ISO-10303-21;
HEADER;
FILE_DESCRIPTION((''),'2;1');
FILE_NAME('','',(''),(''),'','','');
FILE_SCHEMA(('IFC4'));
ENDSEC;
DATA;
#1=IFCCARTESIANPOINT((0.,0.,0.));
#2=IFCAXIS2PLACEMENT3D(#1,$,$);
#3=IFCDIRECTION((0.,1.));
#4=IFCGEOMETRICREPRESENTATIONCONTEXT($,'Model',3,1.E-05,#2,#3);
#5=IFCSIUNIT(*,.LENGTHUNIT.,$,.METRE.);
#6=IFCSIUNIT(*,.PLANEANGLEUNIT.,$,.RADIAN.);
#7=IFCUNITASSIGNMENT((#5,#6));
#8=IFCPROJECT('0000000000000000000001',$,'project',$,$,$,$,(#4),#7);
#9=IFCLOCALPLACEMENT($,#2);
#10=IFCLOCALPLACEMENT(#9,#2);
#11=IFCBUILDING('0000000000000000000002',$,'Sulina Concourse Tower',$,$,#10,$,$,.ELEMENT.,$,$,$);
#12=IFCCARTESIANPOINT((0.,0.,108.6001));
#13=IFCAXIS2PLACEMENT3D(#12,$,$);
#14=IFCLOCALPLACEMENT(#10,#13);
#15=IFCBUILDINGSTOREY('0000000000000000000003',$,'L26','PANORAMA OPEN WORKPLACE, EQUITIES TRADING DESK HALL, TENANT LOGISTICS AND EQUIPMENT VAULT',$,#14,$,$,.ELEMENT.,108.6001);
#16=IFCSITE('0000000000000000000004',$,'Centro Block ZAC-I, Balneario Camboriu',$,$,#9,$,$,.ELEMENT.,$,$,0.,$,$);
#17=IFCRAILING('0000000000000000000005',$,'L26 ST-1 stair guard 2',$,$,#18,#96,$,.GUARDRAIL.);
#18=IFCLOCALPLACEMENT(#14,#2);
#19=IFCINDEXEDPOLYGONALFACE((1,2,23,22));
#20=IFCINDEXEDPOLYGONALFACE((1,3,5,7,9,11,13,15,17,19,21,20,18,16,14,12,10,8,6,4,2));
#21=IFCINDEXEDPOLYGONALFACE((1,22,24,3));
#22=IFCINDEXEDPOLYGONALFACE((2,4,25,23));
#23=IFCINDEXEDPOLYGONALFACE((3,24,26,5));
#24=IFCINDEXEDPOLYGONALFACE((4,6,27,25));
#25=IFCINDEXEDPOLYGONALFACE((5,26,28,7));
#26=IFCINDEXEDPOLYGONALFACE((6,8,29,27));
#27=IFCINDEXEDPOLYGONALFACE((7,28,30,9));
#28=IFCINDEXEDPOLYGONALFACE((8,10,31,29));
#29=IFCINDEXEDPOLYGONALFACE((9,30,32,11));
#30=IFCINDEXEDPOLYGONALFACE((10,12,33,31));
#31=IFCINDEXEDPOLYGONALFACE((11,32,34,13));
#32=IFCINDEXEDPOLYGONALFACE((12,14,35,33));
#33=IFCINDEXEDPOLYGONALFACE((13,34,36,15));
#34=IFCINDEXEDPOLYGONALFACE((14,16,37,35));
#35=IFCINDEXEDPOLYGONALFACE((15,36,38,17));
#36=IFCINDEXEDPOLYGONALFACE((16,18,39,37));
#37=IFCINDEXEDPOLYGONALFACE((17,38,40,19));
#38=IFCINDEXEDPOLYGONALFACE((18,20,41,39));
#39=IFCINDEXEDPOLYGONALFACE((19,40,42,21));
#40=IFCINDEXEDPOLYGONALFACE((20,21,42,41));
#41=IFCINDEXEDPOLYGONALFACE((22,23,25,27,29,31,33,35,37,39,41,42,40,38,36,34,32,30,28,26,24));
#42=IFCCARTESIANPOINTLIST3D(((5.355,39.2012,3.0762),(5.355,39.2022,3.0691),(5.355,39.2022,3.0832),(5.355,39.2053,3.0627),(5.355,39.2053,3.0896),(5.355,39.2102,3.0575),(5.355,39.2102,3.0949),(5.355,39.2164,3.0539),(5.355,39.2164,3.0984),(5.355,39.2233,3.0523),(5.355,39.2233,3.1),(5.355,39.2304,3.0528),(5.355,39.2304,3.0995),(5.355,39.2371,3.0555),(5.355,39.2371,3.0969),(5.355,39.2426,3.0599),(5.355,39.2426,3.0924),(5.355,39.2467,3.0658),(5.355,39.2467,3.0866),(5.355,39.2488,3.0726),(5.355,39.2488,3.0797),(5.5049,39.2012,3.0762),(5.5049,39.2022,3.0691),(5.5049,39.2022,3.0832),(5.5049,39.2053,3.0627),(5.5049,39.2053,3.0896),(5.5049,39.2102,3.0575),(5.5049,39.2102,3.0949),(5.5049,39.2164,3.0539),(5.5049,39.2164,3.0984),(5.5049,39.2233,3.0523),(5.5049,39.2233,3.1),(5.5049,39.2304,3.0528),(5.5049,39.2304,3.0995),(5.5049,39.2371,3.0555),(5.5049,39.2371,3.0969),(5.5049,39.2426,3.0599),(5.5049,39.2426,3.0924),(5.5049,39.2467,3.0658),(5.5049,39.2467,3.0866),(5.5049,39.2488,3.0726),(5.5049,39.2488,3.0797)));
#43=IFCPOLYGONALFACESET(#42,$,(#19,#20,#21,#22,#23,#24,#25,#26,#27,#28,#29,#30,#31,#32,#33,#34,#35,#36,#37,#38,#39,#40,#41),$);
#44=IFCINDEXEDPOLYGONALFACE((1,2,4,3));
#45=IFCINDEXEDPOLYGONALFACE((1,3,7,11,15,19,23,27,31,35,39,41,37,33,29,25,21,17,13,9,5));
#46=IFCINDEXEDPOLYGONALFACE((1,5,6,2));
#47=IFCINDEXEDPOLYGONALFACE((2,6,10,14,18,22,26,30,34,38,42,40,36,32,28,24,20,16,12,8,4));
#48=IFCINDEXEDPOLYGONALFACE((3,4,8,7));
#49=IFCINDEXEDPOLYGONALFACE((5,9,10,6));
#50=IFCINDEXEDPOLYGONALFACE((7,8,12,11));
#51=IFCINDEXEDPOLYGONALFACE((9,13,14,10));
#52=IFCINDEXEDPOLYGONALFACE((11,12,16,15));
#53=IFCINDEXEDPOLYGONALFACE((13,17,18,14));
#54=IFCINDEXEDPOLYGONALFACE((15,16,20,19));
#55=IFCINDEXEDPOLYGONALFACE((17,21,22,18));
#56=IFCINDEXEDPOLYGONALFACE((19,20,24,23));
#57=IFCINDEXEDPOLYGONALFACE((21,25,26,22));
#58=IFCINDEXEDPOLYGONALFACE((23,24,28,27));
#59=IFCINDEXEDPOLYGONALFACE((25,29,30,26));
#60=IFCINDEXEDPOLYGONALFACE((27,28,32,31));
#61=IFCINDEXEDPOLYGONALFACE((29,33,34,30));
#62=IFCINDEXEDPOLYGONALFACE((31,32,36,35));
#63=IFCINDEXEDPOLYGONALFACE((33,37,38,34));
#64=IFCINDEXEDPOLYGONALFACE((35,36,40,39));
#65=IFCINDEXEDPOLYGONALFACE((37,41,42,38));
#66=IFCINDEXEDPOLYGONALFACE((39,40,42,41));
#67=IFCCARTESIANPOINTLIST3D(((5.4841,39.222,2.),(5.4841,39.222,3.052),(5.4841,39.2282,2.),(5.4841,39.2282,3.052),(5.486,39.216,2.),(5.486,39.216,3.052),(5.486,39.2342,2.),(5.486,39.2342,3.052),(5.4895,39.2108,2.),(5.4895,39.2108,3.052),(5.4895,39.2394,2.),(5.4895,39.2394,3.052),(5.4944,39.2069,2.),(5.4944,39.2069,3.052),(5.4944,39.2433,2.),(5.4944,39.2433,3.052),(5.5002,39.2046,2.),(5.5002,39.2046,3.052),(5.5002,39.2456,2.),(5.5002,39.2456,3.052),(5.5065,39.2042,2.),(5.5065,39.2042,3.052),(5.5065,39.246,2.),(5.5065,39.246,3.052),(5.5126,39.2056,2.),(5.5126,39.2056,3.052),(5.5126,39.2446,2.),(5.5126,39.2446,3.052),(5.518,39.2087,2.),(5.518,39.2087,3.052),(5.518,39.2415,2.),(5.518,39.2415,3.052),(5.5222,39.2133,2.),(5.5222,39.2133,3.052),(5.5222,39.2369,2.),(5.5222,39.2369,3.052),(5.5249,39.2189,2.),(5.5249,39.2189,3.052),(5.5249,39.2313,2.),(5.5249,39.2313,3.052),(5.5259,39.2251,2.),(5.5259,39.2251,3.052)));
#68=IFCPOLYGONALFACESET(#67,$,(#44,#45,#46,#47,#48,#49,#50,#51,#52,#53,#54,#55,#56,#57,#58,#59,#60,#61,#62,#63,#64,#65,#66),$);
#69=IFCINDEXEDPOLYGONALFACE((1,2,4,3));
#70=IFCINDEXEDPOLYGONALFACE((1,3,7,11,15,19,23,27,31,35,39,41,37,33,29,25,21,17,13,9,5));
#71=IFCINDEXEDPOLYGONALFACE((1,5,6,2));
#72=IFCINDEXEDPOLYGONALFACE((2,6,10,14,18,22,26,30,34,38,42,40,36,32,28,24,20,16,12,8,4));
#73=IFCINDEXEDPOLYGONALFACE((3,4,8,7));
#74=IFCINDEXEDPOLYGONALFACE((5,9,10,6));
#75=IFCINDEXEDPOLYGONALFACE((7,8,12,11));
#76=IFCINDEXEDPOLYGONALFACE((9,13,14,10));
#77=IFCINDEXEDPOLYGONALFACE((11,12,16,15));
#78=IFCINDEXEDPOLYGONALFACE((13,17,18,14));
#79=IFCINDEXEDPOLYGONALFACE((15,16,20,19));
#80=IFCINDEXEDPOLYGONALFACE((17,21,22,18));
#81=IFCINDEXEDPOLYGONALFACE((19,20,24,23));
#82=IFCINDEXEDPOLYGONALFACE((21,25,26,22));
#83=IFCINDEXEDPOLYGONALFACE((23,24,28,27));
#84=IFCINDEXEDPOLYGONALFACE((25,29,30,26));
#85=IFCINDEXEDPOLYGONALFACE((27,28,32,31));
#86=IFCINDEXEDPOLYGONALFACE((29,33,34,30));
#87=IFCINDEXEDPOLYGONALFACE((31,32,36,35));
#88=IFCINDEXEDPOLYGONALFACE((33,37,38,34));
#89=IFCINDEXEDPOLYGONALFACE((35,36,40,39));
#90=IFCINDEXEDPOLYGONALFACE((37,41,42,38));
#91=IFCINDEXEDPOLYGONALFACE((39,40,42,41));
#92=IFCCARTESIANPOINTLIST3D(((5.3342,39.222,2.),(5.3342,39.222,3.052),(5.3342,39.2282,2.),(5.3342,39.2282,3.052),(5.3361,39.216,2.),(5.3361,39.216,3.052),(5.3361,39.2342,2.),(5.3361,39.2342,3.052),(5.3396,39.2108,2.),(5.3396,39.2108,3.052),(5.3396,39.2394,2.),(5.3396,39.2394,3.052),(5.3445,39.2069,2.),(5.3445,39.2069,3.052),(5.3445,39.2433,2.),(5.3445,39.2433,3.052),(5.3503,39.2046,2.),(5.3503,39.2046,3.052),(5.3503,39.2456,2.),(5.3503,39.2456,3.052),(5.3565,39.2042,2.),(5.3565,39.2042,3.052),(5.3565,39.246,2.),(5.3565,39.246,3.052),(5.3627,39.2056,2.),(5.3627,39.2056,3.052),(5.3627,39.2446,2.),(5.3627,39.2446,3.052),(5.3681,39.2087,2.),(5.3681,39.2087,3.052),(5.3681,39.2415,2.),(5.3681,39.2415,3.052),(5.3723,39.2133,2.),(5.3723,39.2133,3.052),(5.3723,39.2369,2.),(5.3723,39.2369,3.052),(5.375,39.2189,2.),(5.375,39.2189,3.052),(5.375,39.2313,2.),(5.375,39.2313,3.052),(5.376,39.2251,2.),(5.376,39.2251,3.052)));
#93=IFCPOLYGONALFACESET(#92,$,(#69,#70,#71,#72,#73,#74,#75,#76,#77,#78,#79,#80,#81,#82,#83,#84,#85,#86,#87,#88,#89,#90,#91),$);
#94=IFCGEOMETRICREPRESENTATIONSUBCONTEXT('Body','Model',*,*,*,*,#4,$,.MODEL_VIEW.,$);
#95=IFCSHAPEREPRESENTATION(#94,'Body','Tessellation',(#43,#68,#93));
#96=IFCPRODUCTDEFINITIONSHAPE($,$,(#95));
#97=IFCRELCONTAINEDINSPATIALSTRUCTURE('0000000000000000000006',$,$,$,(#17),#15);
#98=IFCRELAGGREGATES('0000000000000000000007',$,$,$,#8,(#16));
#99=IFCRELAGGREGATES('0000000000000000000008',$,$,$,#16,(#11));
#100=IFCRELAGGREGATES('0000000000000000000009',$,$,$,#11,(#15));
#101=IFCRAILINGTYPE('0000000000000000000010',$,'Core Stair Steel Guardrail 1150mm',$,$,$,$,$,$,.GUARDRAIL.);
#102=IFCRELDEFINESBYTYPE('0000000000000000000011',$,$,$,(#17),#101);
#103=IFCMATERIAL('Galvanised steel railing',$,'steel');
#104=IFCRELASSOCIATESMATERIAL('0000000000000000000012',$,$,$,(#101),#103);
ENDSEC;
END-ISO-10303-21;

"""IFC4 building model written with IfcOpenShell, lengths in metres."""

from ifc_helpers import new_model, si_unit, direction, frame, origin, origin_2d, place, context, subcontext, project, spatial, circle, extrude, material, type_object, element, save


model = new_model("IFC4")

# Units and contexts
model_context = context("Model", 3, precision=1e-05, world=origin(), true_north=direction((0.0, 1.0)))
body_context = subcontext(model_context, "Body", "Model", "MODEL_VIEW")
ifc_project = project(units=[si_unit("LENGTHUNIT", "METRE"), si_unit("PLANEANGLEUNIT", "RADIAN")], contexts=[model_context])

# Site, building, storey
site_placement = place(None, origin())
site = spatial("IfcSite", under=ifc_project, at=site_placement, Name="Centro Block ZAC-I, Balneario Camboriu", CompositionType="ELEMENT", RefElevation=0.0)
building_placement = place(site_placement, origin())
building = spatial("IfcBuilding", under=site, at=building_placement, Name="Sulina Concourse Tower", CompositionType="ELEMENT")
storey_placement = place(building_placement, frame((0.0, 0.0, 108.6001)))
storey = spatial("IfcBuildingStorey", under=building, at=storey_placement, Name="L26", Description="PANORAMA OPEN WORKPLACE, EQUITIES TRADING DESK HALL, TENANT LOGISTICS AND EQUIPMENT VAULT", CompositionType="ELEMENT", Elevation=108.6001)

# Railing
ifc_material_1 = material(Name="Galvanised steel railing", Category="steel")
railing_type_1 = type_object("IfcRailingType", Name="Core Stair Steel Guardrail 1150mm", PredefinedType="GUARDRAIL", material=ifc_material_1)
railing_1_placement = place(storey_placement, frame((5.5049, 39.2251, 2.0)))
element("IfcRailing", 1, at=railing_1_placement, inside=storey, type_object=railing_type_1, Name="L26 ST-1 stair guard 2", PredefinedType="GUARDRAIL", context=body_context, shape_type="SweptSolid", body=[
    extrude(circle(Radius=0.0239, at=origin_2d()), frame((0.0, 0.0, 1.0762), z_axis=(-1.0, 0.0, 0.0), x_axis=(0.0, -1.0, 0.0)), (0.0, 0.0, 1.0), 0.1499),
    extrude(circle(Radius=0.021, at=origin_2d()), origin(), (0.0, 0.0, 1.0), 1.052),
    extrude(circle(Radius=0.021, at=origin_2d()), frame((-0.1499, 0.0, 0.0)), (0.0, 0.0, 1.0), 1.052),
])

save(model, "model.ifc")
